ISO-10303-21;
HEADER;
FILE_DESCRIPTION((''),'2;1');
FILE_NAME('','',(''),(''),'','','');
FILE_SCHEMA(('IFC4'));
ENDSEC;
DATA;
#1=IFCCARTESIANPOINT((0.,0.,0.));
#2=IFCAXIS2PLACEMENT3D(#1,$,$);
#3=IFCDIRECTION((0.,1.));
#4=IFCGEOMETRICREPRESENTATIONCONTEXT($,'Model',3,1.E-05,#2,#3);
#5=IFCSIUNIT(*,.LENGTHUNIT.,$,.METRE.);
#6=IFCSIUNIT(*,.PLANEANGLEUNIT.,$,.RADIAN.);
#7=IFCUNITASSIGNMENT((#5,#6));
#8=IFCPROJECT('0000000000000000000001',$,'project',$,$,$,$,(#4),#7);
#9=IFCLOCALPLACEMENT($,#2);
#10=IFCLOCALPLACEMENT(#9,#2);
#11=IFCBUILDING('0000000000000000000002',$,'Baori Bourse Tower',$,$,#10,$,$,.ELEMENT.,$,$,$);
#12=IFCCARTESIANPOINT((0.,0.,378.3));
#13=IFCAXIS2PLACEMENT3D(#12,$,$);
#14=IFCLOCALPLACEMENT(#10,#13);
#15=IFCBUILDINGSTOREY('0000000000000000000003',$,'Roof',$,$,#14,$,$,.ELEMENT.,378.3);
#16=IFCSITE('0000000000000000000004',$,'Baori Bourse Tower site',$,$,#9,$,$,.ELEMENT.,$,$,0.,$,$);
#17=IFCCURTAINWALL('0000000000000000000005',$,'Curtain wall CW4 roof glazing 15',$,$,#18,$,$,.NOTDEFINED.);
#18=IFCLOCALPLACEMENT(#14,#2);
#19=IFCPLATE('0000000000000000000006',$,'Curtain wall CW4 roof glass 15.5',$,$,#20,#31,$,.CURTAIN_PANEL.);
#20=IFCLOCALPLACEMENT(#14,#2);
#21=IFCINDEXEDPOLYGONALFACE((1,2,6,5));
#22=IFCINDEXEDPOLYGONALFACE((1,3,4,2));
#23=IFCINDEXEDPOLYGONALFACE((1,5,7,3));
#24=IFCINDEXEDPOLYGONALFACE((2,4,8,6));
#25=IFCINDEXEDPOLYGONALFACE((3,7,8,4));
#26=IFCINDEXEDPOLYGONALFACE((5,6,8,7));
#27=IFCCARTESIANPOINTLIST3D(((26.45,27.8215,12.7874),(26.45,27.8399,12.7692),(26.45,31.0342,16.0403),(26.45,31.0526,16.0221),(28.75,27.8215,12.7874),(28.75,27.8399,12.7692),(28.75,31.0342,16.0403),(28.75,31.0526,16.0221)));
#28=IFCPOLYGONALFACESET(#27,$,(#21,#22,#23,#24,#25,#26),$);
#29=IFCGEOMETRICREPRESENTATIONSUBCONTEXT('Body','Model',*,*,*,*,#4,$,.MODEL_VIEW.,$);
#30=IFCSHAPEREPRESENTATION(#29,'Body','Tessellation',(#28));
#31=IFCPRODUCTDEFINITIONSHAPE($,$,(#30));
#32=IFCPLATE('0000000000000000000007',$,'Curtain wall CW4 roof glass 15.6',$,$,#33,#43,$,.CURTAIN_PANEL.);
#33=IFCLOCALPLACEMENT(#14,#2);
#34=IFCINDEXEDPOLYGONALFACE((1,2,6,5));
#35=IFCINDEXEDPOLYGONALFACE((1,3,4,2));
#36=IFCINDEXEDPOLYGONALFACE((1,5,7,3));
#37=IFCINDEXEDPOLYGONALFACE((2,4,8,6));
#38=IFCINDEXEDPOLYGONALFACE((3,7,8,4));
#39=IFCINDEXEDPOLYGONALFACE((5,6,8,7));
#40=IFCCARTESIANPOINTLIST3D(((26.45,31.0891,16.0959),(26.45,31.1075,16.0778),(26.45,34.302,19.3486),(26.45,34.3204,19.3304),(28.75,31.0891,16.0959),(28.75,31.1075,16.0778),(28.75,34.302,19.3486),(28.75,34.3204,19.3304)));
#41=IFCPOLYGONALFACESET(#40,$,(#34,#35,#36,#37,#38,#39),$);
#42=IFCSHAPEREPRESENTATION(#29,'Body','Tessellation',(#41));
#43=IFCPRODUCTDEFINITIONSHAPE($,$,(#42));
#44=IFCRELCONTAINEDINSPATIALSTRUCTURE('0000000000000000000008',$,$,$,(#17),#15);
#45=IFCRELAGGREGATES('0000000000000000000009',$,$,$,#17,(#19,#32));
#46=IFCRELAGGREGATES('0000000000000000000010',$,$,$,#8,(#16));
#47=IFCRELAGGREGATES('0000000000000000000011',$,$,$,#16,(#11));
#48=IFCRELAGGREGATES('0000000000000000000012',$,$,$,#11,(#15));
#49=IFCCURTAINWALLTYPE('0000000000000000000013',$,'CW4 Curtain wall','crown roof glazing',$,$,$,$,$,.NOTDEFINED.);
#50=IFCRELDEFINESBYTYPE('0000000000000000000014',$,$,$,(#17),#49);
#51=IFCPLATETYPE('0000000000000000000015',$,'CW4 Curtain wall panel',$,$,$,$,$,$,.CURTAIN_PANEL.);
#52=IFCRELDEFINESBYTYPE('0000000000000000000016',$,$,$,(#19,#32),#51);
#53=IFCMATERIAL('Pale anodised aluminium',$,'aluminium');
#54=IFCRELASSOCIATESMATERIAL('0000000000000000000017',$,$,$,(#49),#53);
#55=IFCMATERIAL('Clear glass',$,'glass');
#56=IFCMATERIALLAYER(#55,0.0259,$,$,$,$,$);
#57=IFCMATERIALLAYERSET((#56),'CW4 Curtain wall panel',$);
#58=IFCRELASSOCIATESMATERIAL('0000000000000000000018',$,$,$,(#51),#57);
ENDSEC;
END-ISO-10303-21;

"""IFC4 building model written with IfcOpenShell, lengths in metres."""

from ifc_helpers import new_model, si_unit, direction, frame, origin, place, context, subcontext, project, spatial, polyline, outline, extrude, material, layer, layer_set, type_object, element, aggregate, save


model = new_model("IFC4")

# Units and contexts
model_context = context("Model", 3, precision=1e-05, world=origin(), true_north=direction((0.0, 1.0)))
body_context = subcontext(model_context, "Body", "Model", "MODEL_VIEW")
ifc_project = project(units=[si_unit("LENGTHUNIT", "METRE"), si_unit("PLANEANGLEUNIT", "RADIAN")], contexts=[model_context])

# Site, building, storey
site_placement = place(None, origin())
site = spatial("IfcSite", under=ifc_project, at=site_placement, Name="Baori Bourse Tower site", CompositionType="ELEMENT", RefElevation=0.0)
building_placement = place(site_placement, origin())
building = spatial("IfcBuilding", under=site, at=building_placement, Name="Baori Bourse Tower", CompositionType="ELEMENT")
storey_placement = place(building_placement, frame((0.0, 0.0, 378.3)))
storey = spatial("IfcBuildingStorey", under=building, at=storey_placement, Name="Roof", CompositionType="ELEMENT", Elevation=378.3)

# Shared definitions
ifc_material_1 = material(Name="Pale anodised aluminium", Category="aluminium")
curtain_wall_type = type_object("IfcCurtainWallType", Name="CW4 Curtain wall", Description="crown roof glazing", PredefinedType="NOTDEFINED", material=ifc_material_1)

# Curtain wall
curtain_wall_1_placement = place(storey_placement, origin())
curtain_wall_1 = element("IfcCurtainWall", 1, at=curtain_wall_1_placement, inside=storey, type_object=curtain_wall_type, Name="Curtain wall CW4 roof glazing 15", PredefinedType="NOTDEFINED")

# Plates
ifc_material_2 = material(Name="Clear glass", Category="glass")
ifc_layer = layer(ifc_material_2, 0.0259)
ifc_layer_set = layer_set([ifc_layer], Name="CW4 Curtain wall panel")
plate_type = type_object("IfcPlateType", Name="CW4 Curtain wall panel", PredefinedType="CURTAIN_PANEL", material=ifc_layer_set)
plate_1_placement = place(storey_placement, frame((26.45, 27.8215, 12.7874), z_axis=(0.0, -0.711499, 0.702688), x_axis=(1.0, 0.0, 0.0)))
plate_1 = element("IfcPlate", 2, at=plate_1_placement, type_object=plate_type, Name="Curtain wall CW4 roof glass 15.5", PredefinedType="CURTAIN_PANEL", context=body_context, shape_type="SweptSolid", body=[
    extrude(outline(polyline([(0.0, 0.0), (2.3, 0.0), (2.3, 4.5719), (0.0, 4.5719), (0.0, 0.0)])), origin(), (0.0, 0.0, -1.0), 0.0259),
])
plate_2_placement = place(storey_placement, frame((26.45, 31.0891, 16.0959), z_axis=(0.0, -0.711445, 0.702741), x_axis=(1.0, 0.0, 0.0)))
plate_2 = element("IfcPlate", 3, at=plate_2_placement, type_object=plate_type, Name="Curtain wall CW4 roof glass 15.6", PredefinedType="CURTAIN_PANEL", context=body_context, shape_type="SweptSolid", body=[
    extrude(outline(polyline([(0.0, 0.0), (2.3, 0.0), (2.3, 4.5719), (0.0, 4.5719), (0.0, 0.0)])), origin(), (0.0, 0.0, -1.0), 0.0259),
])
aggregate(curtain_wall_1, [plate_1, plate_2])

save(model, "model.ifc")
